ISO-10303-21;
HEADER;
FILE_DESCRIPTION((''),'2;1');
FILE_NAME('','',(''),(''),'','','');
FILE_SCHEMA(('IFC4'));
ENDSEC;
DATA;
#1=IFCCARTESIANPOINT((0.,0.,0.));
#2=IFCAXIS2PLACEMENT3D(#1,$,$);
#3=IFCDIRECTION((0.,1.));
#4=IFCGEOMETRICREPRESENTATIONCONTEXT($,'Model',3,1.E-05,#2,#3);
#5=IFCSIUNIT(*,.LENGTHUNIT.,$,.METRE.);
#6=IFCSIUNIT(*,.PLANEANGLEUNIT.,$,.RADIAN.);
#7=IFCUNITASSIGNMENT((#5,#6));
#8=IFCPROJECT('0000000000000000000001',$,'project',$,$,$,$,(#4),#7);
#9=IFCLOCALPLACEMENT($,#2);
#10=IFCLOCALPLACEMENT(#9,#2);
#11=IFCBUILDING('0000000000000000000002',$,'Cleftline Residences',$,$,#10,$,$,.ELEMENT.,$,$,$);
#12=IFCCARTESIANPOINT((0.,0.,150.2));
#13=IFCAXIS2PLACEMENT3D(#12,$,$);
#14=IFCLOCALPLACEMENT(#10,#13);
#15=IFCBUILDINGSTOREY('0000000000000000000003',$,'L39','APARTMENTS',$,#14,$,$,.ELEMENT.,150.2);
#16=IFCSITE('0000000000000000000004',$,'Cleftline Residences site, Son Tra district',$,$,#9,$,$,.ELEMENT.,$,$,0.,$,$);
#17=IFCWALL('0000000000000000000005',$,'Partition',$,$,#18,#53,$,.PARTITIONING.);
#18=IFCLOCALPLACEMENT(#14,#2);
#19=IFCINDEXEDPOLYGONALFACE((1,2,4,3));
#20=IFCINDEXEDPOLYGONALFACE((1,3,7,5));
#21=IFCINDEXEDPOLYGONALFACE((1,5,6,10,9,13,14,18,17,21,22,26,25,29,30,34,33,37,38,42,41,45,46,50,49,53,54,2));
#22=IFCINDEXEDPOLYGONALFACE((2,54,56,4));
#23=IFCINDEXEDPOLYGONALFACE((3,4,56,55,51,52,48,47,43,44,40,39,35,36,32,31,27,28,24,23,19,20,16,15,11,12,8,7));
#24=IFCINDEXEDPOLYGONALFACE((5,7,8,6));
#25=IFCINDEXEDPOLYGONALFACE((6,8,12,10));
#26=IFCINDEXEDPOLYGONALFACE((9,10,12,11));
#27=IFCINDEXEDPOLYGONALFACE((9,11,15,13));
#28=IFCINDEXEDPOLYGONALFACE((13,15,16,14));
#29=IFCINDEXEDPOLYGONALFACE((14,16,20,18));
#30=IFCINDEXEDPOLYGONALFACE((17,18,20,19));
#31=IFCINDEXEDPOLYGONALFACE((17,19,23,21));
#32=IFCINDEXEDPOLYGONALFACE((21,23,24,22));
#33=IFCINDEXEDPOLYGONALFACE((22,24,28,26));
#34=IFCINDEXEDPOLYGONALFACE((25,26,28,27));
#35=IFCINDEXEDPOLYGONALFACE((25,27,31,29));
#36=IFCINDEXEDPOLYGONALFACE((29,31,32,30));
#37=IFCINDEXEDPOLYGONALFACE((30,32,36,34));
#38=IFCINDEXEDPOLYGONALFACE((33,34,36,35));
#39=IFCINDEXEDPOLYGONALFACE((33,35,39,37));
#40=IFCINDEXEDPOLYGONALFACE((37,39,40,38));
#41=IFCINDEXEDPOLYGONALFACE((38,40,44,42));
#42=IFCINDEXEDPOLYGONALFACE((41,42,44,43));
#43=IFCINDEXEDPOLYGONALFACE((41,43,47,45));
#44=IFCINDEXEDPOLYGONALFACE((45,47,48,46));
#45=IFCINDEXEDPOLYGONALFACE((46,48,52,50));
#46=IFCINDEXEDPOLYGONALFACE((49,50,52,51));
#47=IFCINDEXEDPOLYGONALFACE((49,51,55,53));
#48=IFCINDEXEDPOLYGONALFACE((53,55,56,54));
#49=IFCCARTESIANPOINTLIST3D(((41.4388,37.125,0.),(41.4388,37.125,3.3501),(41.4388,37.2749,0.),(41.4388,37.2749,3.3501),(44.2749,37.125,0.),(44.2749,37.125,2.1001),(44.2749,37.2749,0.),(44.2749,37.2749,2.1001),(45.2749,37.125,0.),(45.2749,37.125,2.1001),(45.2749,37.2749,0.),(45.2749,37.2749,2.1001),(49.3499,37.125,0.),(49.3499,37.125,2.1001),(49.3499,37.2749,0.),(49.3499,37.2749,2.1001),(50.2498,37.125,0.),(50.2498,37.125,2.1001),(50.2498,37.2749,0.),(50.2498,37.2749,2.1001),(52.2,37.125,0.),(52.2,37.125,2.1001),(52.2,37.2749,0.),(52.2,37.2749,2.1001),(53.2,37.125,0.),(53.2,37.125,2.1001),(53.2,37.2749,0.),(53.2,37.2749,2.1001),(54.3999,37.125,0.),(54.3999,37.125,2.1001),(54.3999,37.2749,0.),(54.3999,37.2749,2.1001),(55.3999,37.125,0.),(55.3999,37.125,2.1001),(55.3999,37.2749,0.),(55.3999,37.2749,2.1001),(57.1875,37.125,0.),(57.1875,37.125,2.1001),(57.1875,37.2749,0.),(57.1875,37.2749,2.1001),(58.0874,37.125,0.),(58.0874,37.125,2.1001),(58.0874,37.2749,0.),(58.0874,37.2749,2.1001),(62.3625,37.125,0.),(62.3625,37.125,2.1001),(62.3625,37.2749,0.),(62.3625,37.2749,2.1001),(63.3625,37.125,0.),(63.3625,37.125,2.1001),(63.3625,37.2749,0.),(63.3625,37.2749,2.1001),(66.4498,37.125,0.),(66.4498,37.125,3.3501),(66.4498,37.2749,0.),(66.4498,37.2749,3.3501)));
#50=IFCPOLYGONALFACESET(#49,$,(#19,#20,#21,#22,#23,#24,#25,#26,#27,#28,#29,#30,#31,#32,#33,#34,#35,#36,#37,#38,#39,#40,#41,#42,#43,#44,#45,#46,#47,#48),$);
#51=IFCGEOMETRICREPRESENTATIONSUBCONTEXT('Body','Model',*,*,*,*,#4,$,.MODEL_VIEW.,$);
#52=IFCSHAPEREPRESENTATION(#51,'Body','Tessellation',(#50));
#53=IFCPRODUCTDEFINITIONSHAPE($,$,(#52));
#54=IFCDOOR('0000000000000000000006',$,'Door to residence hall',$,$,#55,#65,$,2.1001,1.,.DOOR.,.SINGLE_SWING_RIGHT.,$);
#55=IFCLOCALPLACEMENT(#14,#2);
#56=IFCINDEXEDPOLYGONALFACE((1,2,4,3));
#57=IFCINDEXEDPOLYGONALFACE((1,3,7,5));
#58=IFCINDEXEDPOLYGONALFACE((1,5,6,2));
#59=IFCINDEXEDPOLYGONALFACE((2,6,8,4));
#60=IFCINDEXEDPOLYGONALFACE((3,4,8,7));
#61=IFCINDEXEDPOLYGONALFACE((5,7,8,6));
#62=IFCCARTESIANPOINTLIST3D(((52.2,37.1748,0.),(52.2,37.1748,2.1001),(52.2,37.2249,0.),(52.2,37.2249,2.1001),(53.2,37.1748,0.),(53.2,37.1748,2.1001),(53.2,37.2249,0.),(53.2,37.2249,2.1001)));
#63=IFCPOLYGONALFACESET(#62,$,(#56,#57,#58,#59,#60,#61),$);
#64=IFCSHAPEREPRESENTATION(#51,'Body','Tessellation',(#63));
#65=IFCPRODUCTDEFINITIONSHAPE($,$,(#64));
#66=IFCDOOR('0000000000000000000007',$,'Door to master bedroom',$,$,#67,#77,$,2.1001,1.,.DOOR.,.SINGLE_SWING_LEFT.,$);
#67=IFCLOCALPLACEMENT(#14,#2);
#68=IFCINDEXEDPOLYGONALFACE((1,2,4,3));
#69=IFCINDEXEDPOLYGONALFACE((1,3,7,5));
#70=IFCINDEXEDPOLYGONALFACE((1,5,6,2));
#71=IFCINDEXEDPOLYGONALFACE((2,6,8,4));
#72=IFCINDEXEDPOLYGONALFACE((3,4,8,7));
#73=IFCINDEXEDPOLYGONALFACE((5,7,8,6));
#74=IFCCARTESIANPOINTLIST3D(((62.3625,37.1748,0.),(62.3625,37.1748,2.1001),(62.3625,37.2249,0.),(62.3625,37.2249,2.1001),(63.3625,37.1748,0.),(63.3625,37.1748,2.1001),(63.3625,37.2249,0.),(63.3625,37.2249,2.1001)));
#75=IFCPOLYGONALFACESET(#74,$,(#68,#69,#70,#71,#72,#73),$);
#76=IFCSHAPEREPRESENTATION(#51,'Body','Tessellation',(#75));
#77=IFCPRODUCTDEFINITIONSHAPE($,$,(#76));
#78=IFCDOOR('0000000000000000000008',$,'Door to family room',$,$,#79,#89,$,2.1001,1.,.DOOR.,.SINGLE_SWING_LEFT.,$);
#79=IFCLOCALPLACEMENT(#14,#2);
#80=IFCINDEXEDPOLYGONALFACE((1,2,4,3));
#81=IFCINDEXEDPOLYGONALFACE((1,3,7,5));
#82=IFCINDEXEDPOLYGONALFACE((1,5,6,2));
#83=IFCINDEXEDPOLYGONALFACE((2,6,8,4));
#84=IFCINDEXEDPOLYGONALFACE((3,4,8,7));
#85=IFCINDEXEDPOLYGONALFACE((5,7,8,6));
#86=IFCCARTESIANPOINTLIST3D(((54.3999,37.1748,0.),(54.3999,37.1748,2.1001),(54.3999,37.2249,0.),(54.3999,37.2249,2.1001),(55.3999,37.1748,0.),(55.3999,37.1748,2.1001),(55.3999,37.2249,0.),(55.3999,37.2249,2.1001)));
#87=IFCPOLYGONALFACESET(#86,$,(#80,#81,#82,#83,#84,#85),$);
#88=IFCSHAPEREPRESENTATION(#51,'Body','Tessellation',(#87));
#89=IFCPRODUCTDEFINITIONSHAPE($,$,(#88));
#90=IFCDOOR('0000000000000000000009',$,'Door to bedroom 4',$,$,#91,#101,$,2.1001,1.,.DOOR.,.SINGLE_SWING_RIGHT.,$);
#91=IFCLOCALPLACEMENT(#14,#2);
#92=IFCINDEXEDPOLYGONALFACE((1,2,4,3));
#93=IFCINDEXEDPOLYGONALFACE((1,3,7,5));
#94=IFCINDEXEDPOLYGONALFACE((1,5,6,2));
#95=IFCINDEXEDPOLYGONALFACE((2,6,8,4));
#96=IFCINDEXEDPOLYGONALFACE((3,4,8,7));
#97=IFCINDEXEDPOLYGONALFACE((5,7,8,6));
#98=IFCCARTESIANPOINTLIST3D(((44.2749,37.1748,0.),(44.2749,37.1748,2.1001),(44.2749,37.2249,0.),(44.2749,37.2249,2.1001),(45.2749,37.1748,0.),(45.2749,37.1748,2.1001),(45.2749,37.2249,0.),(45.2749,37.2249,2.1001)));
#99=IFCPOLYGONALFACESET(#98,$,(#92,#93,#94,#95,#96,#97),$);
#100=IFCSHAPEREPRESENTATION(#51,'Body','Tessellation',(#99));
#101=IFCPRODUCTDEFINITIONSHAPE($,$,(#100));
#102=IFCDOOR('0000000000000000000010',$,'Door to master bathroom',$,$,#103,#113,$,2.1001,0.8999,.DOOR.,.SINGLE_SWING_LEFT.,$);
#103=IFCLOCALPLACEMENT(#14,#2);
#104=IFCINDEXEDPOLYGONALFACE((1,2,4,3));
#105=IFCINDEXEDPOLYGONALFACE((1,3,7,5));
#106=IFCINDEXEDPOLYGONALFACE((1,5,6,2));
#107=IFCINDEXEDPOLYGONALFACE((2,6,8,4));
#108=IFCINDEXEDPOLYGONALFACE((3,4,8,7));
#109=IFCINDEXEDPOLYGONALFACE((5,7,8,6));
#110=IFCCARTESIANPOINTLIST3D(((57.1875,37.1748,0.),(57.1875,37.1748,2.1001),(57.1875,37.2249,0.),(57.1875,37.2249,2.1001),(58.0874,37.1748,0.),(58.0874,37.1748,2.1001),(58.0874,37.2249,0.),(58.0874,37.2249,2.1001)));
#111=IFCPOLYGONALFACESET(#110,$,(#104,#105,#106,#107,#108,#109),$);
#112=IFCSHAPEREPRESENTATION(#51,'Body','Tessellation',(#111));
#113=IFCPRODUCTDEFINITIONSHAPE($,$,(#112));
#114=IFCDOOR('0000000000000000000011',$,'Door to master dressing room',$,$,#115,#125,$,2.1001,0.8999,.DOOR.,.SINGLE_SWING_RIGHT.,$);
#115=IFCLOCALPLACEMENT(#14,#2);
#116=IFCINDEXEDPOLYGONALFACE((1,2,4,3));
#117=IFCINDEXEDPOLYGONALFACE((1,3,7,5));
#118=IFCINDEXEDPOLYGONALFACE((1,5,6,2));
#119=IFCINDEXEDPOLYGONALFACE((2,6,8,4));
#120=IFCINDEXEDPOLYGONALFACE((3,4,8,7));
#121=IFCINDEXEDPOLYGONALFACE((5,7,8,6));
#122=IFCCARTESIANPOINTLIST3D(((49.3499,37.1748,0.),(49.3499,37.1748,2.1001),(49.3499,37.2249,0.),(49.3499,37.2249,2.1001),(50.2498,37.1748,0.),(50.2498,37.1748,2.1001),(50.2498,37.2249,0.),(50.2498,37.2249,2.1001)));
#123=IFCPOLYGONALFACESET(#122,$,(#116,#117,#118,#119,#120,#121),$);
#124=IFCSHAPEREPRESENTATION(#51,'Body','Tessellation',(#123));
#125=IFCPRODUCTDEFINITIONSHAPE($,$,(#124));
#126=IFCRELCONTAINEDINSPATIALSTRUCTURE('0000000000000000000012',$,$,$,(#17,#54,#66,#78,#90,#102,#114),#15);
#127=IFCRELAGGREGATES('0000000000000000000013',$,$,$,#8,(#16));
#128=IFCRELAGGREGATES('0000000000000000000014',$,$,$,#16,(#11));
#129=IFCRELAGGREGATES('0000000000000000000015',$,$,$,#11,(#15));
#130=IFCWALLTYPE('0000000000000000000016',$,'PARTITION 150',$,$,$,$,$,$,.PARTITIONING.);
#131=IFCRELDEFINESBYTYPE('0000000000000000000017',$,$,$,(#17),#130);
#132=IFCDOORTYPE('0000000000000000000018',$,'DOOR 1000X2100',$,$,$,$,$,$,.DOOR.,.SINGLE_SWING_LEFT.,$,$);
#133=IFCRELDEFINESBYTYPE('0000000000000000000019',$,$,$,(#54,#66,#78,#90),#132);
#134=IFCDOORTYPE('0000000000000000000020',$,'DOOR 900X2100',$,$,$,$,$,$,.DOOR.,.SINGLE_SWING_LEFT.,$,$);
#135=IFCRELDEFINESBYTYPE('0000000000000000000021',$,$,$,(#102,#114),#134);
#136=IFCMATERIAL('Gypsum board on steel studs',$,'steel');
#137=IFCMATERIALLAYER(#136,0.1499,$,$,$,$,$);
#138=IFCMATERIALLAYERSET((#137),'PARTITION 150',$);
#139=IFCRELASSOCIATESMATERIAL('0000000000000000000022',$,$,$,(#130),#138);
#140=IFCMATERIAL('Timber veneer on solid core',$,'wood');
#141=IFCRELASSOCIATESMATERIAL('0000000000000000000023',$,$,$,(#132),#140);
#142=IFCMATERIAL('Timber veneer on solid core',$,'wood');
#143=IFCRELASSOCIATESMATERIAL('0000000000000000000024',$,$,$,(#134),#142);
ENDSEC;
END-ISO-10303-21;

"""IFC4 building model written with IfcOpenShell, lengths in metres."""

from ifc_helpers import new_model, si_unit, direction, frame, frame_2d, origin, place, context, subcontext, project, spatial, rectangle, extrude, material, layer, layer_set, type_object, element, fill, save


model = new_model("IFC4")

# Units and contexts
model_context = context("Model", 3, precision=1e-05, world=origin(), true_north=direction((0.0, 1.0)))
body_context = subcontext(model_context, "Body", "Model", "MODEL_VIEW")
ifc_project = project(units=[si_unit("LENGTHUNIT", "METRE"), si_unit("PLANEANGLEUNIT", "RADIAN")], contexts=[model_context])

# Site, building, storey
site_placement = place(None, origin())
site = spatial("IfcSite", under=ifc_project, at=site_placement, Name="Cleftline Residences site, Son Tra district", CompositionType="ELEMENT", RefElevation=0.0)
building_placement = place(site_placement, origin())
building = spatial("IfcBuilding", under=site, at=building_placement, Name="Cleftline Residences", CompositionType="ELEMENT")
storey_placement = place(building_placement, frame((0.0, 0.0, 150.2)))
storey = spatial("IfcBuildingStorey", under=building, at=storey_placement, Name="L39", Description="APARTMENTS", CompositionType="ELEMENT", Elevation=150.2)

# Wall, openings, doors
ifc_material_1 = material(Name="Gypsum board on steel studs", Category="steel")
ifc_layer_1 = layer(ifc_material_1, 0.1499)
ifc_layer_set_1 = layer_set([ifc_layer_1], Name="PARTITION 150")
wall_type = type_object("IfcWallType", Name="PARTITION 150", PredefinedType="PARTITIONING", material=ifc_layer_set_1)
wall_placement = place(storey_placement, frame((41.439, 37.2, 0.0), z_axis=(0.0, 0.0, 1.0), x_axis=(1.0, 0.0, 0.0)))
wall = element("IfcWall", 1, at=wall_placement, inside=storey, type_object=wall_type, Name="Partition", PredefinedType="PARTITIONING", context=body_context, shape_type="SweptSolid", body=[
    extrude(rectangle(XDim=25.011, YDim=0.1499, at=frame_2d((12.5054, 0.0))), origin(), (0.0, 0.0, 1.0), 3.3501),
])
opening_1_placement = place(wall_placement, frame((10.761, 0.0, 0.0)))
opening_1 = element("IfcOpeningElement", 2, at=opening_1_placement, cuts=wall, PredefinedType="OPENING", context=body_context, shape_type="SweptSolid", body=[
    extrude(rectangle(XDim=1.0, YDim=2.1001, at=frame_2d((0.5, 1.05))), frame((0.0, 0.085, 0.0), z_axis=(0.0, -1.0, 0.0), x_axis=(1.0, 0.0, 0.0)), (0.0, 0.0, 1.0), 0.1699),
])
opening_2_placement = place(wall_placement, frame((20.9236, 0.0, 0.0)))
opening_2 = element("IfcOpeningElement", 3, at=opening_2_placement, cuts=wall, PredefinedType="OPENING", context=body_context, shape_type="SweptSolid", body=[
    extrude(rectangle(XDim=1.0, YDim=2.1001, at=frame_2d((0.5, 1.05))), frame((0.0, 0.085, 0.0), z_axis=(0.0, -1.0, 0.0), x_axis=(1.0, 0.0, 0.0)), (0.0, 0.0, 1.0), 0.1699),
])
opening_3_placement = place(wall_placement, frame((15.7485, 0.0, 0.0)))
opening_3 = element("IfcOpeningElement", 4, at=opening_3_placement, cuts=wall, PredefinedType="OPENING", context=body_context, shape_type="SweptSolid", body=[
    extrude(rectangle(XDim=0.8999, YDim=2.1001, at=frame_2d((0.45, 1.05))), frame((0.0, 0.085, 0.0), z_axis=(0.0, -1.0, 0.0), x_axis=(1.0, 0.0, 0.0)), (0.0, 0.0, 1.0), 0.1699),
])
opening_4_placement = place(wall_placement, frame((12.9609, 0.0, 0.0)))
opening_4 = element("IfcOpeningElement", 5, at=opening_4_placement, cuts=wall, PredefinedType="OPENING", context=body_context, shape_type="SweptSolid", body=[
    extrude(rectangle(XDim=1.0, YDim=2.1001, at=frame_2d((0.5, 1.05))), frame((0.0, 0.085, 0.0), z_axis=(0.0, -1.0, 0.0), x_axis=(1.0, 0.0, 0.0)), (0.0, 0.0, 1.0), 0.1699),
])
opening_5_placement = place(wall_placement, frame((7.9109, 0.0, 0.0)))
opening_5 = element("IfcOpeningElement", 6, at=opening_5_placement, cuts=wall, PredefinedType="OPENING", context=body_context, shape_type="SweptSolid", body=[
    extrude(rectangle(XDim=0.8999, YDim=2.1001, at=frame_2d((0.45, 1.05))), frame((0.0, 0.085, 0.0), z_axis=(0.0, -1.0, 0.0), x_axis=(1.0, 0.0, 0.0)), (0.0, 0.0, 1.0), 0.1699),
])
opening_6_placement = place(wall_placement, frame((2.8359, 0.0, 0.0)))
opening_6 = element("IfcOpeningElement", 7, at=opening_6_placement, cuts=wall, PredefinedType="OPENING", context=body_context, shape_type="SweptSolid", body=[
    extrude(rectangle(XDim=1.0, YDim=2.1001, at=frame_2d((0.5, 1.05))), frame((0.0, 0.085, 0.0), z_axis=(0.0, -1.0, 0.0), x_axis=(1.0, 0.0, 0.0)), (0.0, 0.0, 1.0), 0.1699),
])
ifc_material_2 = material(Name="Timber veneer on solid core", Category="wood")
door_type_1 = type_object("IfcDoorType", Name="DOOR 1000X2100", OperationType="SINGLE_SWING_LEFT", PredefinedType="DOOR", material=ifc_material_2)
door_1_placement = place(opening_1_placement, origin())
door_1 = element("IfcDoor", 8, at=door_1_placement, inside=storey, type_object=door_type_1, Name="Door to residence hall", OperationType="SINGLE_SWING_RIGHT", OverallHeight=2.1001, OverallWidth=1.0, PredefinedType="DOOR", context=body_context, shape_type="SweptSolid", body=[
    extrude(rectangle(XDim=1.0, YDim=2.1001, at=frame_2d((0.5, 1.05))), frame((0.0, 0.0249, 0.0), z_axis=(0.0, -1.0, 0.0), x_axis=(1.0, 0.0, 0.0)), (0.0, 0.0, 1.0), 0.05),
])
fill(opening_1, door_1)
door_2_placement = place(opening_2_placement, origin())
door_2 = element("IfcDoor", 9, at=door_2_placement, inside=storey, type_object=door_type_1, Name="Door to master bedroom", OperationType="SINGLE_SWING_LEFT", OverallHeight=2.1001, OverallWidth=1.0, PredefinedType="DOOR", context=body_context, shape_type="SweptSolid", body=[
    extrude(rectangle(XDim=1.0, YDim=2.1001, at=frame_2d((0.5, 1.05))), frame((0.0, 0.0249, 0.0), z_axis=(0.0, -1.0, 0.0), x_axis=(1.0, 0.0, 0.0)), (0.0, 0.0, 1.0), 0.05),
])
fill(opening_2, door_2)
door_3_placement = place(opening_4_placement, origin())
door_3 = element("IfcDoor", 10, at=door_3_placement, inside=storey, type_object=door_type_1, Name="Door to family room", OperationType="SINGLE_SWING_LEFT", OverallHeight=2.1001, OverallWidth=1.0, PredefinedType="DOOR", context=body_context, shape_type="SweptSolid", body=[
    extrude(rectangle(XDim=1.0, YDim=2.1001, at=frame_2d((0.5, 1.05))), frame((0.0, 0.0249, 0.0), z_axis=(0.0, -1.0, 0.0), x_axis=(1.0, 0.0, 0.0)), (0.0, 0.0, 1.0), 0.05),
])
fill(opening_4, door_3)
door_4_placement = place(opening_6_placement, origin())
door_4 = element("IfcDoor", 11, at=door_4_placement, inside=storey, type_object=door_type_1, Name="Door to bedroom 4", OperationType="SINGLE_SWING_RIGHT", OverallHeight=2.1001, OverallWidth=1.0, PredefinedType="DOOR", context=body_context, shape_type="SweptSolid", body=[
    extrude(rectangle(XDim=1.0, YDim=2.1001, at=frame_2d((0.5, 1.05))), frame((0.0, 0.0249, 0.0), z_axis=(0.0, -1.0, 0.0), x_axis=(1.0, 0.0, 0.0)), (0.0, 0.0, 1.0), 0.05),
])
fill(opening_6, door_4)
ifc_material_3 = material(Name="Timber veneer on solid core", Category="wood")
door_type_2 = type_object("IfcDoorType", Name="DOOR 900X2100", OperationType="SINGLE_SWING_LEFT", PredefinedType="DOOR", material=ifc_material_3)
door_5_placement = place(opening_3_placement, origin())
door_5 = element("IfcDoor", 12, at=door_5_placement, inside=storey, type_object=door_type_2, Name="Door to master bathroom", OperationType="SINGLE_SWING_LEFT", OverallHeight=2.1001, OverallWidth=0.8999, PredefinedType="DOOR", context=body_context, shape_type="SweptSolid", body=[
    extrude(rectangle(XDim=0.8999, YDim=2.1001, at=frame_2d((0.45, 1.05))), frame((0.0, 0.0249, 0.0), z_axis=(0.0, -1.0, 0.0), x_axis=(1.0, 0.0, 0.0)), (0.0, 0.0, 1.0), 0.05),
])
fill(opening_3, door_5)
door_6_placement = place(opening_5_placement, origin())
door_6 = element("IfcDoor", 13, at=door_6_placement, inside=storey, type_object=door_type_2, Name="Door to master dressing room", OperationType="SINGLE_SWING_RIGHT", OverallHeight=2.1001, OverallWidth=0.8999, PredefinedType="DOOR", context=body_context, shape_type="SweptSolid", body=[
    extrude(rectangle(XDim=0.8999, YDim=2.1001, at=frame_2d((0.45, 1.05))), frame((0.0, 0.0249, 0.0), z_axis=(0.0, -1.0, 0.0), x_axis=(1.0, 0.0, 0.0)), (0.0, 0.0, 1.0), 0.05),
])
fill(opening_5, door_6)

save(model, "model.ifc")
